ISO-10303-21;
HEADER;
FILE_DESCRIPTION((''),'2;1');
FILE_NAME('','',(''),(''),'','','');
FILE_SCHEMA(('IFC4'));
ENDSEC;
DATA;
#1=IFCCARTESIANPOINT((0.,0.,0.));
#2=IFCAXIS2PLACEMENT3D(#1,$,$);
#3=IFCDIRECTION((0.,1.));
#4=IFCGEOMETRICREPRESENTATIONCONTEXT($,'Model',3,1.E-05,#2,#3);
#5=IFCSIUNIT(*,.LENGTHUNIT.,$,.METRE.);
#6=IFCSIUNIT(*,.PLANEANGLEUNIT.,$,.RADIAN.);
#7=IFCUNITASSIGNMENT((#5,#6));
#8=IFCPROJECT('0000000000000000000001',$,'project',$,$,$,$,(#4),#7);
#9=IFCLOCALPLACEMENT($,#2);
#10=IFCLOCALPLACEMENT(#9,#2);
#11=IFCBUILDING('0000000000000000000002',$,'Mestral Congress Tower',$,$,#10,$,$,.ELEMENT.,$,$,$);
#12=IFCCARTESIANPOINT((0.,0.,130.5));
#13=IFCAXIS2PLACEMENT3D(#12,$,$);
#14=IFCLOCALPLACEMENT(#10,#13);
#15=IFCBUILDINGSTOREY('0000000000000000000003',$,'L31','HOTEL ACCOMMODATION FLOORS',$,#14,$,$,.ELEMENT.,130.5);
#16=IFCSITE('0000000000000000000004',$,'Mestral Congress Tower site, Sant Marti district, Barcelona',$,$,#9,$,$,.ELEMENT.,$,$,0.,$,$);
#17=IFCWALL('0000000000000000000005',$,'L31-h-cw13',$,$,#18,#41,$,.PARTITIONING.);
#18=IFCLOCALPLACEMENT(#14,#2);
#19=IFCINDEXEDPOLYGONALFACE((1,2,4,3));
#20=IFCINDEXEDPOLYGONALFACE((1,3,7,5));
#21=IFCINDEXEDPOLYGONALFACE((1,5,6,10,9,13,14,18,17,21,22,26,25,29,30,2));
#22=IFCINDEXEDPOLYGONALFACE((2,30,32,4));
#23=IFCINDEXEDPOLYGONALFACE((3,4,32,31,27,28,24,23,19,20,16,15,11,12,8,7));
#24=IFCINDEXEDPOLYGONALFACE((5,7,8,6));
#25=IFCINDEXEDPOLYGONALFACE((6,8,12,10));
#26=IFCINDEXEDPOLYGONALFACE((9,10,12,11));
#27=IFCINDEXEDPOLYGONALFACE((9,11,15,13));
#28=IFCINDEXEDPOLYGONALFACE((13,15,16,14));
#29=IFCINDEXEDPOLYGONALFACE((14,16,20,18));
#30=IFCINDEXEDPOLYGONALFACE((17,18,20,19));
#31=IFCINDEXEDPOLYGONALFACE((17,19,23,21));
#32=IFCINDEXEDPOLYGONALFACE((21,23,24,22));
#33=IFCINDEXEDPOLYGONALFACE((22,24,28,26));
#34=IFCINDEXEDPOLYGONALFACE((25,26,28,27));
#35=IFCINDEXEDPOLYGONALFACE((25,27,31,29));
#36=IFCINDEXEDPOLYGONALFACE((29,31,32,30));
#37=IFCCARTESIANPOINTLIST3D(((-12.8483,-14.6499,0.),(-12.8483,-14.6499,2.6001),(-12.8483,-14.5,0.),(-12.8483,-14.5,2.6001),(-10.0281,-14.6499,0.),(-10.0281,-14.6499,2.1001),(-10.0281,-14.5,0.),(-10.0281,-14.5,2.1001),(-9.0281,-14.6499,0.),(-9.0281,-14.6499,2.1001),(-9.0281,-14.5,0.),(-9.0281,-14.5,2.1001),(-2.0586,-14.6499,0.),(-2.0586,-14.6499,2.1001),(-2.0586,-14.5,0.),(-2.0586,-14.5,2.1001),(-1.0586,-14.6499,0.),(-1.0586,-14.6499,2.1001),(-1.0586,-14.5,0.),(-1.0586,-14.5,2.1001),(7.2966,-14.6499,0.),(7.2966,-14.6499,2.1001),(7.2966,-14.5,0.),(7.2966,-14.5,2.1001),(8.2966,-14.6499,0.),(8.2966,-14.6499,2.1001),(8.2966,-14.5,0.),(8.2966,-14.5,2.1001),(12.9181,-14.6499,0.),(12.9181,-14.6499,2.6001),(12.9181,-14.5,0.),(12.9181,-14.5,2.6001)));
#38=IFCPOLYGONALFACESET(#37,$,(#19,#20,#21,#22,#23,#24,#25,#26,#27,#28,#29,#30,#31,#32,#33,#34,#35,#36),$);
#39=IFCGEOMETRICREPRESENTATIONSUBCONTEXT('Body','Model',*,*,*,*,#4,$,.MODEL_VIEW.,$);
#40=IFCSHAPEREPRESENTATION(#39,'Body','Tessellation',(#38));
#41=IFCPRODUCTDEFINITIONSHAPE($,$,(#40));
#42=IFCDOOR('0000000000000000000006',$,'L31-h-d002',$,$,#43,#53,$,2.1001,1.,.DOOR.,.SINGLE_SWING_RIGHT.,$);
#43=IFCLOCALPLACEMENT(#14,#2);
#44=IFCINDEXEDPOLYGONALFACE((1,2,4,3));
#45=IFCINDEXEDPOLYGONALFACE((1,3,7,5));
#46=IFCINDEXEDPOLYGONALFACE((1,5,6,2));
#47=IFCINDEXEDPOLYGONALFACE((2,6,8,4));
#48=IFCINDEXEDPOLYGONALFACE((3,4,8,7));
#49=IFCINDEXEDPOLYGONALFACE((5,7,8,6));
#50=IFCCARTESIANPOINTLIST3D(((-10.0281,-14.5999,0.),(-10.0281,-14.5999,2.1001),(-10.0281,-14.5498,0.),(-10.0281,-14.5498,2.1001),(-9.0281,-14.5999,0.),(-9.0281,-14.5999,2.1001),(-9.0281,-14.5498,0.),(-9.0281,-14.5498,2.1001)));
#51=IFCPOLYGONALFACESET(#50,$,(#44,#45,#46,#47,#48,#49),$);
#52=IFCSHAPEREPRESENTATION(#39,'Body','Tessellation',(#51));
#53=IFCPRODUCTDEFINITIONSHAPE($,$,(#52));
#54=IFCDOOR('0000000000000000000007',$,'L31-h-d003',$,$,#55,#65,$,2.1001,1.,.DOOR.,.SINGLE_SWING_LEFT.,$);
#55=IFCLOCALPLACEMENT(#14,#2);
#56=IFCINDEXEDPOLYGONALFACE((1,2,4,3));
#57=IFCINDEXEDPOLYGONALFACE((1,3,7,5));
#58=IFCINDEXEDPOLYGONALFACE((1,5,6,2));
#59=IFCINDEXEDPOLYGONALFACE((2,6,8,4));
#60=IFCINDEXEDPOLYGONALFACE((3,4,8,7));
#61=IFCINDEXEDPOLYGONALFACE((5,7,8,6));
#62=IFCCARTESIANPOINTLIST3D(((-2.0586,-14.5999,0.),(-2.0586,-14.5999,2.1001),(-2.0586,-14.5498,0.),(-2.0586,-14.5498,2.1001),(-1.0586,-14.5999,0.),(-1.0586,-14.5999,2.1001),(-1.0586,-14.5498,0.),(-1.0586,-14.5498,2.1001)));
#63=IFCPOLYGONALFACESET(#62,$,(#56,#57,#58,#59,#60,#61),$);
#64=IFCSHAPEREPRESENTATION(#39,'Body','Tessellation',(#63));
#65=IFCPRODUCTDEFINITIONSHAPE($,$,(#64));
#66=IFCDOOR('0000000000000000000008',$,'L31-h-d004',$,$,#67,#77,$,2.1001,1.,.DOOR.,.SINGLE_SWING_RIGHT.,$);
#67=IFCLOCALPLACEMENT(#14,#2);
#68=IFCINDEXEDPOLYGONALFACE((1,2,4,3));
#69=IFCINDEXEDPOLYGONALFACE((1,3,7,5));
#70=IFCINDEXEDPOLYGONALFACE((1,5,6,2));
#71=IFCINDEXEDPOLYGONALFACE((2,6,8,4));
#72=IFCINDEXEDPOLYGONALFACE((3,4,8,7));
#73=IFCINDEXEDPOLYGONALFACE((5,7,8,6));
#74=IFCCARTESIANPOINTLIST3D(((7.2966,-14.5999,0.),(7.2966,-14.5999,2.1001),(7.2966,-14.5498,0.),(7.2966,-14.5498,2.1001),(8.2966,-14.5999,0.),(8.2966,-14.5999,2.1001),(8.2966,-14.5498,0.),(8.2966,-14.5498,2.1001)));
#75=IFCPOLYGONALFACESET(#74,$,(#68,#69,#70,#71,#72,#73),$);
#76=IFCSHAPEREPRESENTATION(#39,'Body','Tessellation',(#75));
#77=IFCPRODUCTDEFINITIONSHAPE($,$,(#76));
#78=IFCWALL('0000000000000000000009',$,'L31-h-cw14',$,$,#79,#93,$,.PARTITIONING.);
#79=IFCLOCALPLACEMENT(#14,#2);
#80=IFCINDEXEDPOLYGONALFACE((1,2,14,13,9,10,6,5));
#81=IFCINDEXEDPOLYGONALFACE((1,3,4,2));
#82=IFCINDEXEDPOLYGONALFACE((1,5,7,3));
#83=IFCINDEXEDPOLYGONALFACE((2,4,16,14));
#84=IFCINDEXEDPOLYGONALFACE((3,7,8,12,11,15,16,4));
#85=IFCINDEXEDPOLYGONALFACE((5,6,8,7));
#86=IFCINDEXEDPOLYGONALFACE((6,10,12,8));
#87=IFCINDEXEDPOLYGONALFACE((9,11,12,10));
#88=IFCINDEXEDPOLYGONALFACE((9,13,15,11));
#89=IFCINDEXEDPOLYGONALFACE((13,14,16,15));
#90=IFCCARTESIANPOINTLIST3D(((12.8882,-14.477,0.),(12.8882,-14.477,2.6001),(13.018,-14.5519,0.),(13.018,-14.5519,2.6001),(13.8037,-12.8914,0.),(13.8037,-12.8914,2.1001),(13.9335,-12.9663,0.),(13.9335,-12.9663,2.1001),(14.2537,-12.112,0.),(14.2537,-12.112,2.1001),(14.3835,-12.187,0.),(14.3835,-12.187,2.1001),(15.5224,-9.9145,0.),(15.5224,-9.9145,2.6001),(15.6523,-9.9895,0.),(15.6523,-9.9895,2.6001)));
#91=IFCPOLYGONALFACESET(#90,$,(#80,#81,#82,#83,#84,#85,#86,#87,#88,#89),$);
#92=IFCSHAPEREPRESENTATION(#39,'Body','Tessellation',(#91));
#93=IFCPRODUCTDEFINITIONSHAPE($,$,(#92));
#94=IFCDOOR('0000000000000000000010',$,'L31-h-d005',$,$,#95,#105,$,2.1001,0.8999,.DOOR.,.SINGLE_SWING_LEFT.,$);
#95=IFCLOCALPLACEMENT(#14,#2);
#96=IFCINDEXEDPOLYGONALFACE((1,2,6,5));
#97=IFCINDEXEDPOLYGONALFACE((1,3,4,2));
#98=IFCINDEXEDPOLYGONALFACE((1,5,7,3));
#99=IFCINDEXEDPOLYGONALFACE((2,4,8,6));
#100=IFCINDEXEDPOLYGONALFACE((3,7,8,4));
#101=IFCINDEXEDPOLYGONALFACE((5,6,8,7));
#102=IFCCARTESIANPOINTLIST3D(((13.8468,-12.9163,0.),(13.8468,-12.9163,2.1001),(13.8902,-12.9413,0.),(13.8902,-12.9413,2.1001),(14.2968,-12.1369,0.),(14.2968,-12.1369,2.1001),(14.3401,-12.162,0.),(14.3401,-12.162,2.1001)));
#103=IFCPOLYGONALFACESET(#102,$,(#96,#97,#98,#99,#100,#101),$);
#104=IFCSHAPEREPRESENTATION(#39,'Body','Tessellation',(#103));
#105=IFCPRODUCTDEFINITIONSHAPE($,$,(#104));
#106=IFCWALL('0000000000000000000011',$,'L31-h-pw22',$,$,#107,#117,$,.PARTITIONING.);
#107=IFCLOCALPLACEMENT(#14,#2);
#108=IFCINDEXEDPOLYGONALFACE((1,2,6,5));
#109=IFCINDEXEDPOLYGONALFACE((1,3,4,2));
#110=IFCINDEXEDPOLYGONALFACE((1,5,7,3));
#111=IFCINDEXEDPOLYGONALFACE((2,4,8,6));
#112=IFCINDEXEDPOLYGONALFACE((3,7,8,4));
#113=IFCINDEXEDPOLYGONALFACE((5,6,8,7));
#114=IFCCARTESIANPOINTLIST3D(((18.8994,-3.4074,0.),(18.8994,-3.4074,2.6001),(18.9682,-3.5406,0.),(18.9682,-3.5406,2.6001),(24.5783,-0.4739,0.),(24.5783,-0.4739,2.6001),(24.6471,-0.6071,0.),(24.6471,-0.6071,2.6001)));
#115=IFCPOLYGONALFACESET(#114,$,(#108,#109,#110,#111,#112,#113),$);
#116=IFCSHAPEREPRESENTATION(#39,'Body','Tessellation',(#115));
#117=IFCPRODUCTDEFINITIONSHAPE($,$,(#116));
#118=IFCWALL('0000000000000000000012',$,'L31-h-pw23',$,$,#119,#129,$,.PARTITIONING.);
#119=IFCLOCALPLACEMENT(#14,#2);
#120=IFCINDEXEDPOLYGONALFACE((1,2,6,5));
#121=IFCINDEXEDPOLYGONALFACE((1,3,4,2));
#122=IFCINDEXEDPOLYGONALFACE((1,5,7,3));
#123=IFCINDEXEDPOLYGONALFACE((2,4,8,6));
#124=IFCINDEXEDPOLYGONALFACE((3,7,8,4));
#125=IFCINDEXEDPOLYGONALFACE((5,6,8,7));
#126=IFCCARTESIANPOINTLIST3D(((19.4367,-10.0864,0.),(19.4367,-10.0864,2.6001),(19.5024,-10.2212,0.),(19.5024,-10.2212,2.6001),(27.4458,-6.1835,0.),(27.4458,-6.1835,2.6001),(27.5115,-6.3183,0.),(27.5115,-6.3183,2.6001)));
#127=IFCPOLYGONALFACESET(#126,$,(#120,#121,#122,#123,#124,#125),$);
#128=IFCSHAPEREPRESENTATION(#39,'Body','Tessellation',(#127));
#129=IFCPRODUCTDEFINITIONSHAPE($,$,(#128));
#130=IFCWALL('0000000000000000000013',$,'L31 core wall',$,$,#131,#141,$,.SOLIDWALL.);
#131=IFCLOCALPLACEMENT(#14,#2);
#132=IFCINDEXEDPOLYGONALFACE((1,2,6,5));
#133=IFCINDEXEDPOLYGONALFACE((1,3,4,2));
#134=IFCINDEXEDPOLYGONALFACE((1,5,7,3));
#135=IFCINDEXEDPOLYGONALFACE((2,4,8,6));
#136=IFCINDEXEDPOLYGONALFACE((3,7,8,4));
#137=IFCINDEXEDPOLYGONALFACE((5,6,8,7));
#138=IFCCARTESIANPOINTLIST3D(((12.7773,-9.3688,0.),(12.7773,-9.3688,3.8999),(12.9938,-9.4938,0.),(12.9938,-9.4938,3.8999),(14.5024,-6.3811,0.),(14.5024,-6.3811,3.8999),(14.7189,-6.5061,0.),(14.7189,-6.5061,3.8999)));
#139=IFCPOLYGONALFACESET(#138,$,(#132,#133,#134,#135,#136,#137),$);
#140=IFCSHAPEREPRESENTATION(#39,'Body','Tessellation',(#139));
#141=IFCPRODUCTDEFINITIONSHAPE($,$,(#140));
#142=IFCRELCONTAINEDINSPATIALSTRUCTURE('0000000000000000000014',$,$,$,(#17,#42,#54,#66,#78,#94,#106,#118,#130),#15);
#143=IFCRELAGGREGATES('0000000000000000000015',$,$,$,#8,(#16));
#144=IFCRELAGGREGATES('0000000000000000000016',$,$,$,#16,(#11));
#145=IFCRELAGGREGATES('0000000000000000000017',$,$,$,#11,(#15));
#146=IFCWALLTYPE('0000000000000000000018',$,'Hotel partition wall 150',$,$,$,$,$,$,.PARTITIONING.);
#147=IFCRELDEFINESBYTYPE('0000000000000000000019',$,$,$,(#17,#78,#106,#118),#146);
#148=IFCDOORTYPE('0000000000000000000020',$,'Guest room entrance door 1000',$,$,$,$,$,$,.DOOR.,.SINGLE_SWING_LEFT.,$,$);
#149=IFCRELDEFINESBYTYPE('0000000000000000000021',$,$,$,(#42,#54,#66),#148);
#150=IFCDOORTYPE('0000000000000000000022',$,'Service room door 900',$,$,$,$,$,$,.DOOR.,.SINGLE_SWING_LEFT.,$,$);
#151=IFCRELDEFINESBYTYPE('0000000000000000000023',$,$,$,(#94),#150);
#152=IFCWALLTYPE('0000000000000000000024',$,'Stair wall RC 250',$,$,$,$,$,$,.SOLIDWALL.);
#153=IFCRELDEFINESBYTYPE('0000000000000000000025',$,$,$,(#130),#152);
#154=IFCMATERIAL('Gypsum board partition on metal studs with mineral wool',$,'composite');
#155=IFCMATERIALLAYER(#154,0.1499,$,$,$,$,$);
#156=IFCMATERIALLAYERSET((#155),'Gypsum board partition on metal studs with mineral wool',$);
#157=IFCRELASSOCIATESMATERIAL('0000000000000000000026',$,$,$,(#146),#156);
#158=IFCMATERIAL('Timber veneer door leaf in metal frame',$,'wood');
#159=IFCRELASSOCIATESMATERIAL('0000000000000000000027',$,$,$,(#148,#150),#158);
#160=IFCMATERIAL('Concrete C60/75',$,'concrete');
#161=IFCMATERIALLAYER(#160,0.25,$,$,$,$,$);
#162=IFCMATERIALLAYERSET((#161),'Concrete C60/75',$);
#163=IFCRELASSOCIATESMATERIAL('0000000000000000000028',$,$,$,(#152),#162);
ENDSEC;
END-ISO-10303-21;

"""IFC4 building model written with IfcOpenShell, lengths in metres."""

from ifc_helpers import new_model, si_unit, direction, frame, frame_2d, origin, place, context, subcontext, project, spatial, rectangle, extrude, material, layer, layer_set, type_object, element, fill, save


model = new_model("IFC4")

# Units and contexts
model_context = context("Model", 3, precision=1e-05, world=origin(), true_north=direction((0.0, 1.0)))
body_context = subcontext(model_context, "Body", "Model", "MODEL_VIEW")
ifc_project = project(units=[si_unit("LENGTHUNIT", "METRE"), si_unit("PLANEANGLEUNIT", "RADIAN")], contexts=[model_context])

# Site, building, storey
site_placement = place(None, origin())
site = spatial("IfcSite", under=ifc_project, at=site_placement, Name="Mestral Congress Tower site, Sant Marti district, Barcelona", CompositionType="ELEMENT", RefElevation=0.0)
building_placement = place(site_placement, origin())
building = spatial("IfcBuilding", under=site, at=building_placement, Name="Mestral Congress Tower", CompositionType="ELEMENT")
storey_placement = place(building_placement, frame((0.0, 0.0, 130.5)))
storey = spatial("IfcBuildingStorey", under=building, at=storey_placement, Name="L31", Description="HOTEL ACCOMMODATION FLOORS", CompositionType="ELEMENT", Elevation=130.5)

# Shared definitions
ifc_material_1 = material(Name="Gypsum board partition on metal studs with mineral wool", Category="composite")

# Shared definitions
ifc_layer_1 = layer(ifc_material_1, 0.1499)
ifc_layer_set_1 = layer_set([ifc_layer_1], Name="Gypsum board partition on metal studs with mineral wool")
wall_type_1 = type_object("IfcWallType", Name="Hotel partition wall 150", PredefinedType="PARTITIONING", material=ifc_layer_set_1)
ifc_material_2 = material(Name="Timber veneer door leaf in metal frame", Category="wood")
door_type_1 = type_object("IfcDoorType", Name="Guest room entrance door 1000", OperationType="SINGLE_SWING_LEFT", PredefinedType="DOOR", material=ifc_material_2)

# Wall, openings, doors
wall_1_placement = place(storey_placement, frame((12.9182, -14.575, 0.0), z_axis=(0.0, 0.0, 1.0), x_axis=(-1.0, 0.0, 0.0)))
wall_1 = element("IfcWall", 1, at=wall_1_placement, inside=storey, type_object=wall_type_1, Name="L31-h-cw13", PredefinedType="PARTITIONING", context=body_context, shape_type="SweptSolid", body=[
    extrude(rectangle(XDim=25.7664, YDim=0.1499, at=frame_2d((12.8833, 0.0))), origin(), (0.0, 0.0, 1.0), 2.6001),
])
opening_1_placement = place(wall_1_placement, frame((21.9463, 0.0, 0.0)))
opening_1 = element("IfcOpeningElement", 2, at=opening_1_placement, cuts=wall_1, PredefinedType="OPENING", context=body_context, shape_type="SweptSolid", body=[
    extrude(rectangle(XDim=1.0, YDim=2.1001, at=frame_2d((0.5, 1.05))), frame((0.0, 0.085, 0.0), z_axis=(0.0, -1.0, 0.0), x_axis=(1.0, 0.0, 0.0)), (0.0, 0.0, 1.0), 0.1699),
])
opening_2_placement = place(wall_1_placement, frame((13.9768, 0.0, 0.0)))
opening_2 = element("IfcOpeningElement", 3, at=opening_2_placement, cuts=wall_1, PredefinedType="OPENING", context=body_context, shape_type="SweptSolid", body=[
    extrude(rectangle(XDim=1.0, YDim=2.1001, at=frame_2d((0.5, 1.05))), frame((0.0, 0.085, 0.0), z_axis=(0.0, -1.0, 0.0), x_axis=(1.0, 0.0, 0.0)), (0.0, 0.0, 1.0), 0.1699),
])
opening_3_placement = place(wall_1_placement, frame((4.6216, 0.0, 0.0)))
opening_3 = element("IfcOpeningElement", 4, at=opening_3_placement, cuts=wall_1, PredefinedType="OPENING", context=body_context, shape_type="SweptSolid", body=[
    extrude(rectangle(XDim=1.0, YDim=2.1001, at=frame_2d((0.5, 1.05))), frame((0.0, 0.085, 0.0), z_axis=(0.0, -1.0, 0.0), x_axis=(1.0, 0.0, 0.0)), (0.0, 0.0, 1.0), 0.1699),
])
door_1_placement = place(opening_1_placement, origin())
door_1 = element("IfcDoor", 5, at=door_1_placement, inside=storey, type_object=door_type_1, Name="L31-h-d002", OperationType="SINGLE_SWING_RIGHT", OverallHeight=2.1001, OverallWidth=1.0, PredefinedType="DOOR", context=body_context, shape_type="SweptSolid", body=[
    extrude(rectangle(XDim=1.0, YDim=2.1001, at=frame_2d((0.5, 1.05))), frame((0.0, 0.0249, 0.0), z_axis=(0.0, -1.0, 0.0), x_axis=(1.0, 0.0, 0.0)), (0.0, 0.0, 1.0), 0.05),
])
fill(opening_1, door_1)
door_2_placement = place(opening_2_placement, origin())
door_2 = element("IfcDoor", 6, at=door_2_placement, inside=storey, type_object=door_type_1, Name="L31-h-d003", OperationType="SINGLE_SWING_LEFT", OverallHeight=2.1001, OverallWidth=1.0, PredefinedType="DOOR", context=body_context, shape_type="SweptSolid", body=[
    extrude(rectangle(XDim=1.0, YDim=2.1001, at=frame_2d((0.5, 1.05))), frame((0.0, 0.0249, 0.0), z_axis=(0.0, -1.0, 0.0), x_axis=(1.0, 0.0, 0.0)), (0.0, 0.0, 1.0), 0.05),
])
fill(opening_2, door_2)
door_3_placement = place(opening_3_placement, origin())
door_3 = element("IfcDoor", 7, at=door_3_placement, inside=storey, type_object=door_type_1, Name="L31-h-d004", OperationType="SINGLE_SWING_RIGHT", OverallHeight=2.1001, OverallWidth=1.0, PredefinedType="DOOR", context=body_context, shape_type="SweptSolid", body=[
    extrude(rectangle(XDim=1.0, YDim=2.1001, at=frame_2d((0.5, 1.05))), frame((0.0, 0.0249, 0.0), z_axis=(0.0, -1.0, 0.0), x_axis=(1.0, 0.0, 0.0)), (0.0, 0.0, 1.0), 0.05),
])
fill(opening_3, door_3)

# Wall, opening, door
wall_2_placement = place(storey_placement, frame((15.5874, -9.9519, 0.0), z_axis=(0.0, 0.0, 1.0), x_axis=(-0.500017, -0.866016, 0.0)))
wall_2 = element("IfcWall", 8, at=wall_2_placement, inside=storey, type_object=wall_type_1, Name="L31-h-cw14", PredefinedType="PARTITIONING", context=body_context, shape_type="SweptSolid", body=[
    extrude(rectangle(XDim=5.2683, YDim=0.1499, at=frame_2d((2.6343, 0.0))), origin(), (0.0, 0.0, 1.0), 2.6001),
])
opening_4_placement = place(wall_2_placement, frame((2.5376, 0.0, 0.0)))
opening_4 = element("IfcOpeningElement", 9, at=opening_4_placement, cuts=wall_2, PredefinedType="OPENING", context=body_context, shape_type="SweptSolid", body=[
    extrude(rectangle(XDim=0.8999, YDim=2.1001, at=frame_2d((0.45, 1.05))), frame((0.0, 0.085, 0.0), z_axis=(0.0, -1.0, 0.0), x_axis=(1.0, 0.0, 0.0)), (0.0, 0.0, 1.0), 0.1699),
])
door_type_2 = type_object("IfcDoorType", Name="Service room door 900", OperationType="SINGLE_SWING_LEFT", PredefinedType="DOOR", material=ifc_material_2)
door_4_placement = place(opening_4_placement, origin())
door_4 = element("IfcDoor", 10, at=door_4_placement, inside=storey, type_object=door_type_2, Name="L31-h-d005", OperationType="SINGLE_SWING_LEFT", OverallHeight=2.1001, OverallWidth=0.8999, PredefinedType="DOOR", context=body_context, shape_type="SweptSolid", body=[
    extrude(rectangle(XDim=0.8999, YDim=2.1001, at=frame_2d((0.45, 1.05))), frame((0.0, 0.0249, 0.0), z_axis=(0.0, -1.0, 0.0), x_axis=(1.0, 0.0, 0.0)), (0.0, 0.0, 1.0), 0.05),
])
fill(opening_4, door_4)

# Walls
wall_3_placement = place(storey_placement, frame((24.6125, -0.5405, 0.0), z_axis=(0.0, 0.0, 1.0), x_axis=(-0.88846, -0.458954, 0.0)))
element("IfcWall", 11, at=wall_3_placement, inside=storey, type_object=wall_type_1, Name="L31-h-pw22", PredefinedType="PARTITIONING", context=body_context, shape_type="SweptSolid", body=[
    extrude(rectangle(XDim=6.3918, YDim=0.1499, at=frame_2d((3.1958, 0.0))), origin(), (0.0, 0.0, 1.0), 2.6001),
])
wall_4_placement = place(storey_placement, frame((27.4785, -6.251, 0.0), z_axis=(0.0, 0.0, 1.0), x_axis=(-0.898946, -0.43806, 0.0)))
element("IfcWall", 12, at=wall_4_placement, inside=storey, type_object=wall_type_1, Name="L31-h-pw23", PredefinedType="PARTITIONING", context=body_context, shape_type="SweptSolid", body=[
    extrude(rectangle(XDim=8.9094, YDim=0.1499, at=frame_2d((4.4546, 0.0))), origin(), (0.0, 0.0, 1.0), 2.6001),
])
ifc_material_3 = material(Name="Concrete C60/75", Category="concrete")
ifc_layer_2 = layer(ifc_material_3, 0.25)
ifc_layer_set_2 = layer_set([ifc_layer_2], Name="Concrete C60/75")
wall_type_2 = type_object("IfcWallType", Name="Stair wall RC 250", PredefinedType="SOLIDWALL", material=ifc_layer_set_2)
wall_5_placement = place(storey_placement, frame((12.8855, -9.4314, 0.0), z_axis=(0.0, 0.0, 1.0), x_axis=(0.500021, 0.866014, 0.0)))
element("IfcWall", 13, at=wall_5_placement, inside=storey, type_object=wall_type_2, Name="L31 core wall", PredefinedType="SOLIDWALL", context=body_context, shape_type="SweptSolid", body=[
    extrude(rectangle(XDim=3.45, YDim=0.25, at=frame_2d((1.7251, 0.0))), origin(), (0.0, 0.0, 1.0), 3.8999),
])

save(model, "model.ifc")
